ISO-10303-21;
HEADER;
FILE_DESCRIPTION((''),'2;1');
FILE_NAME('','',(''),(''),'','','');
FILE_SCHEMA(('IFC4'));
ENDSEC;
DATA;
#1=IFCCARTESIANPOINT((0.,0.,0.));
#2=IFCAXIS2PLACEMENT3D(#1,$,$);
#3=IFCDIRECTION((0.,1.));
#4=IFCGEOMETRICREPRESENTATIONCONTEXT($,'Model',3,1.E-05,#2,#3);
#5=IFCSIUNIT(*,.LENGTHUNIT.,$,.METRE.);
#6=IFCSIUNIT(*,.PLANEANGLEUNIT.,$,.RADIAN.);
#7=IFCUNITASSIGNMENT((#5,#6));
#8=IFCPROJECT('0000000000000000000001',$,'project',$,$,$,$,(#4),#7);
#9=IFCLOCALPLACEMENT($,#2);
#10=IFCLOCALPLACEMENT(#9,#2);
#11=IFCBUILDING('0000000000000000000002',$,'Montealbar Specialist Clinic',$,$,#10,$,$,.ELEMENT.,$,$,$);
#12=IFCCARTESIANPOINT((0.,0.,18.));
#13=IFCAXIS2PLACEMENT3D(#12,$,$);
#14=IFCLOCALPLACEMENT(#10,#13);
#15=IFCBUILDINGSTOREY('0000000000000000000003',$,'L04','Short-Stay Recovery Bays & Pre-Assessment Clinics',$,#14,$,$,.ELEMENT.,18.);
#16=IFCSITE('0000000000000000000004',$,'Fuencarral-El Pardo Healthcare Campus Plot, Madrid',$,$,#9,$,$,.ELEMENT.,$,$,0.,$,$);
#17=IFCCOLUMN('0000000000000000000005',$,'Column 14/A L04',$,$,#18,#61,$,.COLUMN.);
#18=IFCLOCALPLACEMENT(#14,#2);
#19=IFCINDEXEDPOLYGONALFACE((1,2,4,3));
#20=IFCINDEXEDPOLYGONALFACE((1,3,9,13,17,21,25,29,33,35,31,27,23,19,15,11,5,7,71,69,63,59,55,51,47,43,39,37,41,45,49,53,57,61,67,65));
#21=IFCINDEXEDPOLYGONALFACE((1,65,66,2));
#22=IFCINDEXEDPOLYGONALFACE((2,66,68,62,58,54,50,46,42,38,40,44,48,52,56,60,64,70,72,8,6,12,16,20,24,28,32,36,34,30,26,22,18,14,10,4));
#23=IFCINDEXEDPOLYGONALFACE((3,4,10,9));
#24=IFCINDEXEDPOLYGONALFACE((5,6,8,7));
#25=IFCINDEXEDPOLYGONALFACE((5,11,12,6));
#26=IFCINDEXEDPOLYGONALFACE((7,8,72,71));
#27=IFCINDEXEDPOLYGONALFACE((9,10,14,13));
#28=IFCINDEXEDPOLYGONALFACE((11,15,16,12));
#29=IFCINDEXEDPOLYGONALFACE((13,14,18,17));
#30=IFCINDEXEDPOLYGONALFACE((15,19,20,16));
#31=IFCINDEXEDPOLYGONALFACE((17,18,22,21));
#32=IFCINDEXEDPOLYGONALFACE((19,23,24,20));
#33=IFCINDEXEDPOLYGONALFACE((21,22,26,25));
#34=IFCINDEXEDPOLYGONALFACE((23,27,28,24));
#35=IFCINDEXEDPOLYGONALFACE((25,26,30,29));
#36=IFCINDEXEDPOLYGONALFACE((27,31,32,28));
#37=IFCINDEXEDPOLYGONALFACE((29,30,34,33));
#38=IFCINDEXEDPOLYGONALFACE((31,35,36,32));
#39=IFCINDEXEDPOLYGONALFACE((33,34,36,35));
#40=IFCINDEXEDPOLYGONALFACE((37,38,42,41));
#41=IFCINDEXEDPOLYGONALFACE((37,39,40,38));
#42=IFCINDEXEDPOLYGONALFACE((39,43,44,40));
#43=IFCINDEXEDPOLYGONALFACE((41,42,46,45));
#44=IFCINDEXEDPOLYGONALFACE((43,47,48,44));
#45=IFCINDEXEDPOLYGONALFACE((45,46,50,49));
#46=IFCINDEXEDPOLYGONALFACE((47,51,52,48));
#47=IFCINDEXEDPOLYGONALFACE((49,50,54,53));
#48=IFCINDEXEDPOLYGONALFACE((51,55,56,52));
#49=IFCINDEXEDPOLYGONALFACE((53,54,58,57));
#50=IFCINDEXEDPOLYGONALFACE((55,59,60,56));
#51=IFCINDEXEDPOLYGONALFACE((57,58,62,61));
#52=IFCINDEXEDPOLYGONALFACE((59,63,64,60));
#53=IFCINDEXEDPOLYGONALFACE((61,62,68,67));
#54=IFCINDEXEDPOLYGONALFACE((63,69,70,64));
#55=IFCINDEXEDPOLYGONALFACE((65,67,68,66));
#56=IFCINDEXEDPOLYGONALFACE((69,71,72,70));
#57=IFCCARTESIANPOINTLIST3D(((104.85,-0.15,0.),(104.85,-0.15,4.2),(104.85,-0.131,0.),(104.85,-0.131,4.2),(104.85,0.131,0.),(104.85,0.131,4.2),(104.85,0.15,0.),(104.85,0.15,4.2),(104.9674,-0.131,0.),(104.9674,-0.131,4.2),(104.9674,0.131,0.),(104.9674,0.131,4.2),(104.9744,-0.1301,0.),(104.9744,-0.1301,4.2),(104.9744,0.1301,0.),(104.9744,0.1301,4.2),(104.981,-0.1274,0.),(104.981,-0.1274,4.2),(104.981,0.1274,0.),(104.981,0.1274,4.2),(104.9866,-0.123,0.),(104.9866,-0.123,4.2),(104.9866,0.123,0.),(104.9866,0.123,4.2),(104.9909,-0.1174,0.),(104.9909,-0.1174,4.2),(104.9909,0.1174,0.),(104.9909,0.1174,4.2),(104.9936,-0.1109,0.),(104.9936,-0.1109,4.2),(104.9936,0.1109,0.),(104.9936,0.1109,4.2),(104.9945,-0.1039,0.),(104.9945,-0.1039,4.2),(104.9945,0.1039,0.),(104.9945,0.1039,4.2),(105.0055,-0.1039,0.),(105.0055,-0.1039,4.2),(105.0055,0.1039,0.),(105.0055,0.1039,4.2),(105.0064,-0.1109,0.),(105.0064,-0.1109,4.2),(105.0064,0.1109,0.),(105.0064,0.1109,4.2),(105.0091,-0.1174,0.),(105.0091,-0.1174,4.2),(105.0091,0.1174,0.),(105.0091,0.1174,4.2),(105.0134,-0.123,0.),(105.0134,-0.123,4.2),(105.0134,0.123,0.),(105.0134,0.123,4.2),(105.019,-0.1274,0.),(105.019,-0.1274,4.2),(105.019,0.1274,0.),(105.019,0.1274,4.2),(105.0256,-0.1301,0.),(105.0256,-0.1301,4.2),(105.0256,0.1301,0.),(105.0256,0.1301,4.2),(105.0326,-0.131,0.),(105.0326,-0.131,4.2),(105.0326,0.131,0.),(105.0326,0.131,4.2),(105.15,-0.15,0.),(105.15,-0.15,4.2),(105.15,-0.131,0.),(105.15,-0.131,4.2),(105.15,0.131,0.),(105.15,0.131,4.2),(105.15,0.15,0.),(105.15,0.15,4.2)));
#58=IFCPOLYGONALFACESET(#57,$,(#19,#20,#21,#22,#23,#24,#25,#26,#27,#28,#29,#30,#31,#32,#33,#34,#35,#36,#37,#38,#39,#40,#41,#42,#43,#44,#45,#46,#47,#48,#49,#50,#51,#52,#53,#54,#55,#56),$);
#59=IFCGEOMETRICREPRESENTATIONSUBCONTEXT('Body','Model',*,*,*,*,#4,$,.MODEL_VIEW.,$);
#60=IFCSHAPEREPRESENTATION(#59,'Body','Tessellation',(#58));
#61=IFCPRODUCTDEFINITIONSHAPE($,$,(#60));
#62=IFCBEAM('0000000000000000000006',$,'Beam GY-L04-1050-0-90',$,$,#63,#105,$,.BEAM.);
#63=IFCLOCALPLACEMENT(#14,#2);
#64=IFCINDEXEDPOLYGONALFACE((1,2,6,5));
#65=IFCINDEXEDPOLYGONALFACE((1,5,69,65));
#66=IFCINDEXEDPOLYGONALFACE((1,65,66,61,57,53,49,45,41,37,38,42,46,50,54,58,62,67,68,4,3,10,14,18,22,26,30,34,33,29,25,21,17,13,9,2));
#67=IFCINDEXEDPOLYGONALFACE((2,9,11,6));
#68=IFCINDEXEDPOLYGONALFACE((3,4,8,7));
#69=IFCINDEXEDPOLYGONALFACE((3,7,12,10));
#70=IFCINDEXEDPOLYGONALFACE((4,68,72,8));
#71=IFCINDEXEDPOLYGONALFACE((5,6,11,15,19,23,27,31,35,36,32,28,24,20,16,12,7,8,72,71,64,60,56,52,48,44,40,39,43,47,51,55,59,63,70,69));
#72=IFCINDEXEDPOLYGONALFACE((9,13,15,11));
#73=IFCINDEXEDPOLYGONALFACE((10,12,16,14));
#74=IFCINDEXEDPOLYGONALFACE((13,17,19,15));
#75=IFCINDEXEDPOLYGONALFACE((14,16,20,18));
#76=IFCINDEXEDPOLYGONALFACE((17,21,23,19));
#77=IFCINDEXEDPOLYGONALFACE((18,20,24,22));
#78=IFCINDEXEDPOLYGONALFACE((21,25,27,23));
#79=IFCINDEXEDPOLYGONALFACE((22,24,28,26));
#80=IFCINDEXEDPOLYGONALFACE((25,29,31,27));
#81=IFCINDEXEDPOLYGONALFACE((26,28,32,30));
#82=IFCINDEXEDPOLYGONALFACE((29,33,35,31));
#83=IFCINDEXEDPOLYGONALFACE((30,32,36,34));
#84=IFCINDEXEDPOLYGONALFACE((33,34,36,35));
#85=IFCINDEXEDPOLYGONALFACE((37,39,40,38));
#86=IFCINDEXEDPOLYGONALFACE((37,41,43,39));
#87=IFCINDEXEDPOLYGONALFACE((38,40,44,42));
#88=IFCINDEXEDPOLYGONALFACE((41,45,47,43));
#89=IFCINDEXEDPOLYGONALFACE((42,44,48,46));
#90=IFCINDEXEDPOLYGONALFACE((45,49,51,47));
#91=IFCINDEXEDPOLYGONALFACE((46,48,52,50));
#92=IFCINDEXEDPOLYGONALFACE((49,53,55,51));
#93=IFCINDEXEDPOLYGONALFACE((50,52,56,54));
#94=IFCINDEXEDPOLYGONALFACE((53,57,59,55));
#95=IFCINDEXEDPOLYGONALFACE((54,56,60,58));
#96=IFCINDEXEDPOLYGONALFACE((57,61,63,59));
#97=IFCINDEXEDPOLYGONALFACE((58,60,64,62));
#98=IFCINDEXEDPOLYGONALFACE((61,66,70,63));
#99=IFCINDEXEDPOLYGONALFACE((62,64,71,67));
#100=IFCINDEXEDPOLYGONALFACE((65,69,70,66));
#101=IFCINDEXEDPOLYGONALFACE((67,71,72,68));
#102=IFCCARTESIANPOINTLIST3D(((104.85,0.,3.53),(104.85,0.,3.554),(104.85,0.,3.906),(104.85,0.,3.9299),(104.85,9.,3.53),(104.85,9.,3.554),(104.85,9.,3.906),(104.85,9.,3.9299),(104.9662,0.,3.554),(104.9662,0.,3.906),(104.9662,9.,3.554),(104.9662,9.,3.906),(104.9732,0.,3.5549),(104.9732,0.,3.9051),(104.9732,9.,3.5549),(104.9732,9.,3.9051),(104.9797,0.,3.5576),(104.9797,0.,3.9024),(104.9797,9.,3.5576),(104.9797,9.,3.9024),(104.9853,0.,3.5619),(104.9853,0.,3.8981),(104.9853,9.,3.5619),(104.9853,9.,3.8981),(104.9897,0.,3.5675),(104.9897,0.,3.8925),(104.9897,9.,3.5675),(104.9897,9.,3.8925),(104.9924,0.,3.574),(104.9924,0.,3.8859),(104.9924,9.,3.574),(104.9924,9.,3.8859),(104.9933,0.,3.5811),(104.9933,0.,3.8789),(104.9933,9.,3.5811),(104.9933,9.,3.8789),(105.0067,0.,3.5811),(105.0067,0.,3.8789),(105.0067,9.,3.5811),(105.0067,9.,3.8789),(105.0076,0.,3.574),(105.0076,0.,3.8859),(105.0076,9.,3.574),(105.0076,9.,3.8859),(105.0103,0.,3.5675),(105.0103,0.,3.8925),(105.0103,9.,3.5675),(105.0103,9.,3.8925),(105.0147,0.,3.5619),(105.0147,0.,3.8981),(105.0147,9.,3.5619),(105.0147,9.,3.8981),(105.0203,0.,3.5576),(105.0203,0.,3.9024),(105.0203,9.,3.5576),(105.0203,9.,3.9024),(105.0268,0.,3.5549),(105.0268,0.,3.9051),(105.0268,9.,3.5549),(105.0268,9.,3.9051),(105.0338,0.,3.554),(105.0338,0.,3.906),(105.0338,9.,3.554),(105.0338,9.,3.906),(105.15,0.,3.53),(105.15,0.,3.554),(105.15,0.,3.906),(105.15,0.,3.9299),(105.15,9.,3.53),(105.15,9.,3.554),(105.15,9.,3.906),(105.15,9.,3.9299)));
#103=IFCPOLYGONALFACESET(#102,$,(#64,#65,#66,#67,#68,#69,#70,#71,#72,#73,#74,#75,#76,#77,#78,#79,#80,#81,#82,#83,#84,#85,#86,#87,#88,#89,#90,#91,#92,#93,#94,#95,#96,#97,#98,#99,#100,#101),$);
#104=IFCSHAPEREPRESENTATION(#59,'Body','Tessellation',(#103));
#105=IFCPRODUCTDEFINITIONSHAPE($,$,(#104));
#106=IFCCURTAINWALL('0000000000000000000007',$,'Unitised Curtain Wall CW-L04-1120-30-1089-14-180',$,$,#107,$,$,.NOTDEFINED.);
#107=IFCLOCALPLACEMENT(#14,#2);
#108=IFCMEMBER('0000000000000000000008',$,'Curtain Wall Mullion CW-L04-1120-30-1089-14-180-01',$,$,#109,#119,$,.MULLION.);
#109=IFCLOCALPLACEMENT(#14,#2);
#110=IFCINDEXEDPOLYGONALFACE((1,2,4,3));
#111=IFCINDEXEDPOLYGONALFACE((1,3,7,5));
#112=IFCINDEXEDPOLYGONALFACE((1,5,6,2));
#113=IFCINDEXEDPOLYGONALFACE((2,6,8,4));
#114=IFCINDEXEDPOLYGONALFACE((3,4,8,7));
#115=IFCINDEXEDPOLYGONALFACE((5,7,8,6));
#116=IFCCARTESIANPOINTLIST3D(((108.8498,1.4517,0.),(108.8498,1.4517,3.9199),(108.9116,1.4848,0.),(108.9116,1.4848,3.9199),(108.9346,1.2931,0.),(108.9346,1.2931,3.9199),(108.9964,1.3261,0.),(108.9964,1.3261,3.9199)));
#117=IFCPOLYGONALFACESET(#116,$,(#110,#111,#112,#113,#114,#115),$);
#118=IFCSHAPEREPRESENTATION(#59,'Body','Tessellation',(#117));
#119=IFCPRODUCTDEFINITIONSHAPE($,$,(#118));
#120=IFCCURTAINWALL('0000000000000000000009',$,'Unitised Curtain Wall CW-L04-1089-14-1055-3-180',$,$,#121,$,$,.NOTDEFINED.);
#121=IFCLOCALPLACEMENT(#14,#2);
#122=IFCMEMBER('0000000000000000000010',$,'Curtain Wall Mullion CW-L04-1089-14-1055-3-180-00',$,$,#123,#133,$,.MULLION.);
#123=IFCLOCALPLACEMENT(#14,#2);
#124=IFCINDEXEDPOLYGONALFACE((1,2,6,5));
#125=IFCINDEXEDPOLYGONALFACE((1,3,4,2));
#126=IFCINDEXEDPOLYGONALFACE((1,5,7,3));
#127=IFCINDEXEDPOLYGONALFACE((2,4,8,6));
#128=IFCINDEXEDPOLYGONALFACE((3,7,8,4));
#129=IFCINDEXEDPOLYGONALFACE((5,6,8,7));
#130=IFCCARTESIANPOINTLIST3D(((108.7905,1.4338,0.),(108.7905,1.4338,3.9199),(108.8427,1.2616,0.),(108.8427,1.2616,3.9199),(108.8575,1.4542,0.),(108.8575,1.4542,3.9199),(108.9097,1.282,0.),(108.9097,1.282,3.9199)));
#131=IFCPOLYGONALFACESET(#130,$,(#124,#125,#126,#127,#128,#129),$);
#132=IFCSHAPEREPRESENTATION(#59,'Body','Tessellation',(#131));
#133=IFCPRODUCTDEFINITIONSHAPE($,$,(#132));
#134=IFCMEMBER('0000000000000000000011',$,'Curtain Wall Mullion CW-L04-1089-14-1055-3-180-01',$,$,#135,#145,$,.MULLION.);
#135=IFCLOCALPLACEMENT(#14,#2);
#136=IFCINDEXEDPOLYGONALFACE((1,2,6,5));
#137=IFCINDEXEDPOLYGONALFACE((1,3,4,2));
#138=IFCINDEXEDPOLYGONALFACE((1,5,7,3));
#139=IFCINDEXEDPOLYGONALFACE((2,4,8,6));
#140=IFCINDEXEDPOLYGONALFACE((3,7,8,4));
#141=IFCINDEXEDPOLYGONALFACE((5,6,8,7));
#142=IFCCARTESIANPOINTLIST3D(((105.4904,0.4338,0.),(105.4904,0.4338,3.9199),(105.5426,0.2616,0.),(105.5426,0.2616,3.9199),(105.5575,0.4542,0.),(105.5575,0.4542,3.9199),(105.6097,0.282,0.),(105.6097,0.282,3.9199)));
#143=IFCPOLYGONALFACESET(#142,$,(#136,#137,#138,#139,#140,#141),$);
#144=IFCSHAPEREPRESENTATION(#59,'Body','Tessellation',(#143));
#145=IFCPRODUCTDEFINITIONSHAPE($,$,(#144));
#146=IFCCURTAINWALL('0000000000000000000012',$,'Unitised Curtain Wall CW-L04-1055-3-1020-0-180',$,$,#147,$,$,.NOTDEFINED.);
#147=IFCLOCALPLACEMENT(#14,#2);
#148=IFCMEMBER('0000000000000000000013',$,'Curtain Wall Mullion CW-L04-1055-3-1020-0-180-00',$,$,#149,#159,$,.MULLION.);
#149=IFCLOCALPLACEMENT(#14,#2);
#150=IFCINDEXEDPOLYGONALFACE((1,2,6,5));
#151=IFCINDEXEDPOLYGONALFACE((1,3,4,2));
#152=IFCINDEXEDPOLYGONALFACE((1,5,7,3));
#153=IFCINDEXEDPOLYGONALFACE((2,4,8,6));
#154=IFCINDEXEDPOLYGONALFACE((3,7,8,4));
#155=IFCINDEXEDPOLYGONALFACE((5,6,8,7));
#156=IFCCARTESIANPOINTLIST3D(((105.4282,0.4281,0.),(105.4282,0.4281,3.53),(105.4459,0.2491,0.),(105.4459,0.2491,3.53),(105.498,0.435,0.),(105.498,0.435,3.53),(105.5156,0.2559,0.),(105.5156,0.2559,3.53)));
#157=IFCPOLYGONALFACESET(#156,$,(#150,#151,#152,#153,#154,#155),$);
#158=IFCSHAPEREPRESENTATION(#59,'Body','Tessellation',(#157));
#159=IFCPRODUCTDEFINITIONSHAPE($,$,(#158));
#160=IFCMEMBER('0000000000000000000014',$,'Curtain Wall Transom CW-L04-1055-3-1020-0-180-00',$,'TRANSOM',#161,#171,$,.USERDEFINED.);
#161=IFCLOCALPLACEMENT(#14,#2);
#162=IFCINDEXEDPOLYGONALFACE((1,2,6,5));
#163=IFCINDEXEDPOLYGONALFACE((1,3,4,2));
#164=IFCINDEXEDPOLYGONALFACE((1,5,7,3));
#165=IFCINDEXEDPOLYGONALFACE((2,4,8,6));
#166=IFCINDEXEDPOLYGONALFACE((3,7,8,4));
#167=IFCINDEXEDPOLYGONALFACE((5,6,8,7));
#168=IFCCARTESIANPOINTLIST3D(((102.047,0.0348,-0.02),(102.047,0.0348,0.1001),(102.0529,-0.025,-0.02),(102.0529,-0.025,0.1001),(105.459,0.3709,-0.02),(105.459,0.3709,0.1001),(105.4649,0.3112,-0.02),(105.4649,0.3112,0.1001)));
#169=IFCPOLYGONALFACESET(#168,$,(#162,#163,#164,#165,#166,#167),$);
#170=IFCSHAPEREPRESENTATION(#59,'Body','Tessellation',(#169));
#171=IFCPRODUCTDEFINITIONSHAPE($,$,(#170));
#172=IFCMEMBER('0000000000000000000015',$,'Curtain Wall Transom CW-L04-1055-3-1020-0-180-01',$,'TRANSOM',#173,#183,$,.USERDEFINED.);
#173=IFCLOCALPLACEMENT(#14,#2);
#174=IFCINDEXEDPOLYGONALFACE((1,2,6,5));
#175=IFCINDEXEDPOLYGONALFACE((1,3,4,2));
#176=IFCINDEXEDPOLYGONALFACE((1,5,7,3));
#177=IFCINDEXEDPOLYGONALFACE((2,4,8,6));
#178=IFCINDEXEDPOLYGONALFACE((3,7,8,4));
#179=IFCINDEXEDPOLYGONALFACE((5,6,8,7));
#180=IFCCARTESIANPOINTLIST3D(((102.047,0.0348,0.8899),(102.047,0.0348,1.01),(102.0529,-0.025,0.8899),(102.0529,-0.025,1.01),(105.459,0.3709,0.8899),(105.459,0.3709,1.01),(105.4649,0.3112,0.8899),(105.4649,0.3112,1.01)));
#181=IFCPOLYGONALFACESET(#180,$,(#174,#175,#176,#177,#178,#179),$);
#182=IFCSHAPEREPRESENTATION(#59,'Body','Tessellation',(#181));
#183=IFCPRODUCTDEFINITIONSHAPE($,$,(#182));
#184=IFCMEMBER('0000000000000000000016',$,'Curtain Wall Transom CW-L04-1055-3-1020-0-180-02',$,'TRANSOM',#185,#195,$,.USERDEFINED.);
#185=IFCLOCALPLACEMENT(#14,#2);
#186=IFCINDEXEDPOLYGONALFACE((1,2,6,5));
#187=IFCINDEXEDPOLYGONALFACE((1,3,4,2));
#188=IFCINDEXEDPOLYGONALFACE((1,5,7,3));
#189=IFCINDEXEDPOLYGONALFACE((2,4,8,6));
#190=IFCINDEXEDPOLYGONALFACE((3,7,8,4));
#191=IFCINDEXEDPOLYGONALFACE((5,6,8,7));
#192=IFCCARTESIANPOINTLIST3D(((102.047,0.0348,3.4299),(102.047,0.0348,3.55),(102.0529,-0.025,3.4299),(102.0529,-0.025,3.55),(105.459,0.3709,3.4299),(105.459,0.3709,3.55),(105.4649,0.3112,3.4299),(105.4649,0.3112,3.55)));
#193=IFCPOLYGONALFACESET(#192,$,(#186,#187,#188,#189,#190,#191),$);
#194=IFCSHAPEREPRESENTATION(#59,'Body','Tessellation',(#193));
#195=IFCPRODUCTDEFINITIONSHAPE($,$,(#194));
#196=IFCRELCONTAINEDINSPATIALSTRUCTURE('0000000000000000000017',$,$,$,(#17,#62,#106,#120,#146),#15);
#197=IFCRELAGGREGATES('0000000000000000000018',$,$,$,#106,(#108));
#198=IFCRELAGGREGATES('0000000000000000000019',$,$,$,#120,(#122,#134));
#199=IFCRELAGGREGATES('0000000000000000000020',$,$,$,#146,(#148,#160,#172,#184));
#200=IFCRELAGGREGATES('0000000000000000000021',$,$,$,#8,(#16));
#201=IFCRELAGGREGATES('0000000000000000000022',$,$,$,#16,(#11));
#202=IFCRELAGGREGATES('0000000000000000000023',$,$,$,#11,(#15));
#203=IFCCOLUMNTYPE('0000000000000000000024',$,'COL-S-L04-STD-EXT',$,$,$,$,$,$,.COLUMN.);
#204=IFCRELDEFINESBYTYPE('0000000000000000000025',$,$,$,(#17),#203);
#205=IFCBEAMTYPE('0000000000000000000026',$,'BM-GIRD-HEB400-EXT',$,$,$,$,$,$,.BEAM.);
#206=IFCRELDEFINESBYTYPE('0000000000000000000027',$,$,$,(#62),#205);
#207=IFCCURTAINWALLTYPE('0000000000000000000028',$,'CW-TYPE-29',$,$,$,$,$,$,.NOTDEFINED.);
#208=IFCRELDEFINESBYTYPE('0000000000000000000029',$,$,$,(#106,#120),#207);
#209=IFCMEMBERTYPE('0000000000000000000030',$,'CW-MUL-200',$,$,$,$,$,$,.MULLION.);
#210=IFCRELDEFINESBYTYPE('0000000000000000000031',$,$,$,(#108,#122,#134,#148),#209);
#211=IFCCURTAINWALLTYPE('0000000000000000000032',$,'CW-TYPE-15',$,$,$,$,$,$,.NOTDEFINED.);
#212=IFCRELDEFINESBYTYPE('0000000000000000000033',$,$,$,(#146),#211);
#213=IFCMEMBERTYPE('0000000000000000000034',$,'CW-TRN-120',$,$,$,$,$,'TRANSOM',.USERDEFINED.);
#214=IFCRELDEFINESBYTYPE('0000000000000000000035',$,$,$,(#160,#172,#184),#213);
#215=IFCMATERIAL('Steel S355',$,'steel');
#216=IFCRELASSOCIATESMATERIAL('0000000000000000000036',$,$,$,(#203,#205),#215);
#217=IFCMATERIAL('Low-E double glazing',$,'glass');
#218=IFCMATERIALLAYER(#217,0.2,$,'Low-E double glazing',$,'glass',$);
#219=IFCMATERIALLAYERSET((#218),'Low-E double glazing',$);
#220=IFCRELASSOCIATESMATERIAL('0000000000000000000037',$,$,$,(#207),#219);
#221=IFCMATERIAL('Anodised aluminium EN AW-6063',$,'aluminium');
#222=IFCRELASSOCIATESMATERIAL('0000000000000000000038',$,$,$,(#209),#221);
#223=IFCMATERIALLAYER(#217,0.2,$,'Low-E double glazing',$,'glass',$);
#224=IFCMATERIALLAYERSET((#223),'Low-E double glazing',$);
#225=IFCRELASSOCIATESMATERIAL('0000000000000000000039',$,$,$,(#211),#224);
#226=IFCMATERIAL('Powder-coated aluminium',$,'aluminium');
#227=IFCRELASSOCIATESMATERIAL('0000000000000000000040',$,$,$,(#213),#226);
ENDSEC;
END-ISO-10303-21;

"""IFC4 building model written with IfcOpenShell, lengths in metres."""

from ifc_helpers import new_model, si_unit, direction, frame, origin, origin_2d, place, context, subcontext, project, spatial, rectangle, i_section, extrude, material, layer, layer_set, material_profile, profile_set, type_object, element, aggregate, save


model = new_model("IFC4")

# Units and contexts
model_context = context("Model", 3, precision=1e-05, world=origin(), true_north=direction((0.0, 1.0)))
body_context = subcontext(model_context, "Body", "Model", "MODEL_VIEW")
ifc_project = project(units=[si_unit("LENGTHUNIT", "METRE"), si_unit("PLANEANGLEUNIT", "RADIAN")], contexts=[model_context])

# Site, building, storey
site_placement = place(None, origin())
site = spatial("IfcSite", under=ifc_project, at=site_placement, Name="Fuencarral-El Pardo Healthcare Campus Plot, Madrid", CompositionType="ELEMENT", RefElevation=0.0)
building_placement = place(site_placement, origin())
building = spatial("IfcBuilding", under=site, at=building_placement, Name="Montealbar Specialist Clinic", CompositionType="ELEMENT")
storey_placement = place(building_placement, frame((0.0, 0.0, 18.0)))
storey = spatial("IfcBuildingStorey", under=building, at=storey_placement, Name="L04", Description="Short-Stay Recovery Bays & Pre-Assessment Clinics", CompositionType="ELEMENT", Elevation=18.0)

# Column
ifc_material_1 = material(Name="Steel S355", Category="steel")
ifc_material_profile_1 = material_profile(ifc_material_1, i_section(OverallWidth=0.3, OverallDepth=0.3, WebThickness=0.011, FlangeThickness=0.019, FilletRadius=0.0271, at=origin_2d()), Name="HEB 300", Category="steel")
ifc_profile_set_1 = profile_set([ifc_material_profile_1], Name="Steel S355")
column_type = type_object("IfcColumnType", Name="COL-S-L04-STD-EXT", PredefinedType="COLUMN", material=ifc_profile_set_1)
column_placement = place(storey_placement, frame((105.0, 0.0, 0.0), z_axis=(0.0, 0.0, 1.0), x_axis=(1.0, 0.0, 0.0)))
element("IfcColumn", 1, at=column_placement, inside=storey, type_object=column_type, Name="Column 14/A L04", PredefinedType="COLUMN", context=body_context, shape_type="SweptSolid", body=[
    extrude(i_section(OverallWidth=0.3, OverallDepth=0.3, WebThickness=0.011, FlangeThickness=0.019, FilletRadius=0.0271, at=origin_2d()), origin(), (0.0, 0.0, 1.0), 4.2),
])

# Beam
ifc_material_profile_2 = material_profile(ifc_material_1, i_section(OverallWidth=0.3, OverallDepth=0.3999, WebThickness=0.0134, FlangeThickness=0.0239, FilletRadius=0.0271, at=origin_2d()), Name="HEB 400", Category="steel")
ifc_profile_set_2 = profile_set([ifc_material_profile_2], Name="Steel S355")
beam_type = type_object("IfcBeamType", Name="BM-GIRD-HEB400-EXT", PredefinedType="BEAM", material=ifc_profile_set_2)
beam_placement = place(storey_placement, frame((105.0, 0.0, 3.73), z_axis=(0.0, 1.0, 0.0), x_axis=(-1.0, 0.0, 0.0)))
element("IfcBeam", 2, at=beam_placement, inside=storey, type_object=beam_type, Name="Beam GY-L04-1050-0-90", PredefinedType="BEAM", context=body_context, shape_type="SweptSolid", body=[
    extrude(i_section(OverallWidth=0.3, OverallDepth=0.3999, WebThickness=0.0134, FlangeThickness=0.0239, FilletRadius=0.0271, at=origin_2d()), origin(), (0.0, 0.0, 1.0), 9.0),
])

# Curtain wall, member
ifc_material_2 = material(Name="Low-E double glazing", Category="glass")
ifc_layer_1 = layer(ifc_material_2, 0.2, Name="Low-E double glazing", Category="glass")
ifc_layer_set_1 = layer_set([ifc_layer_1], Name="Low-E double glazing")
curtain_wall_type_1 = type_object("IfcCurtainWallType", Name="CW-TYPE-29", PredefinedType="NOTDEFINED", material=ifc_layer_set_1)
curtain_wall_1_placement = place(storey_placement, origin())
curtain_wall_1 = element("IfcCurtainWall", 3, at=curtain_wall_1_placement, inside=storey, type_object=curtain_wall_type_1, Name="Unitised Curtain Wall CW-L04-1120-30-1089-14-180", PredefinedType="NOTDEFINED")
ifc_material_3 = material(Name="Anodised aluminium EN AW-6063", Category="aluminium")
ifc_material_profile_3 = material_profile(ifc_material_3, rectangle(XDim=0.0701, YDim=0.1799, at=origin_2d()), Name="ALU 70x180", Category="aluminium")
ifc_profile_set_3 = profile_set([ifc_material_profile_3], Name="Anodised aluminium EN AW-6063")
member_type_1 = type_object("IfcMemberType", Name="CW-MUL-200", PredefinedType="MULLION", material=ifc_profile_set_3)
member_1_placement = place(storey_placement, frame((108.9231, 1.3889, 0.0), z_axis=(0.0, 0.0, 1.0), x_axis=(-0.88185, -0.471529, 0.0)))
member_1 = element("IfcMember", 4, at=member_1_placement, type_object=member_type_1, Name="Curtain Wall Mullion CW-L04-1120-30-1089-14-180-01", PredefinedType="MULLION", context=body_context, shape_type="SweptSolid", body=[
    extrude(rectangle(XDim=0.0701, YDim=0.1799, at=origin_2d()), origin(), (0.0, 0.0, 1.0), 3.9199),
])

# Curtain walls, members
curtain_wall_2_placement = place(storey_placement, origin())
curtain_wall_2 = element("IfcCurtainWall", 5, at=curtain_wall_2_placement, inside=storey, type_object=curtain_wall_type_1, Name="Unitised Curtain Wall CW-L04-1089-14-1055-3-180", PredefinedType="NOTDEFINED")
member_2_placement = place(storey_placement, frame((108.8501, 1.3579, 0.0), z_axis=(0.0, 0.0, 1.0), x_axis=(-0.956948, -0.290259, 0.0)))
member_2 = element("IfcMember", 6, at=member_2_placement, type_object=member_type_1, Name="Curtain Wall Mullion CW-L04-1089-14-1055-3-180-00", PredefinedType="MULLION", context=body_context, shape_type="SweptSolid", body=[
    extrude(rectangle(XDim=0.0701, YDim=0.1799, at=origin_2d()), origin(), (0.0, 0.0, 1.0), 3.9199),
])
member_3_placement = place(storey_placement, frame((105.55, 0.3579, 0.0), z_axis=(0.0, 0.0, 1.0), x_axis=(-0.956948, -0.290259, 0.0)))
member_3 = element("IfcMember", 7, at=member_3_placement, type_object=member_type_1, Name="Curtain Wall Mullion CW-L04-1089-14-1055-3-180-01", PredefinedType="MULLION", context=body_context, shape_type="SweptSolid", body=[
    extrude(rectangle(XDim=0.0701, YDim=0.1799, at=origin_2d()), origin(), (0.0, 0.0, 1.0), 3.9199),
])
ifc_layer_2 = layer(ifc_material_2, 0.2, Name="Low-E double glazing", Category="glass")
ifc_layer_set_2 = layer_set([ifc_layer_2], Name="Low-E double glazing")
curtain_wall_type_2 = type_object("IfcCurtainWallType", Name="CW-TYPE-15", PredefinedType="NOTDEFINED", material=ifc_layer_set_2)
curtain_wall_3_placement = place(storey_placement, origin())
curtain_wall_3 = element("IfcCurtainWall", 8, at=curtain_wall_3_placement, inside=storey, type_object=curtain_wall_type_2, Name="Unitised Curtain Wall CW-L04-1055-3-1020-0-180", PredefinedType="NOTDEFINED")
member_4_placement = place(storey_placement, frame((105.4719, 0.342, 0.0), z_axis=(0.0, 0.0, 1.0), x_axis=(-0.995182, -0.098045, 0.0)))
member_4 = element("IfcMember", 9, at=member_4_placement, type_object=member_type_1, Name="Curtain Wall Mullion CW-L04-1055-3-1020-0-180-00", PredefinedType="MULLION", context=body_context, shape_type="SweptSolid", body=[
    extrude(rectangle(XDim=0.0701, YDim=0.1799, at=origin_2d()), origin(), (0.0, 0.0, 1.0), 3.53),
])
ifc_material_4 = material(Name="Powder-coated aluminium", Category="aluminium")
ifc_material_profile_4 = material_profile(ifc_material_4, rectangle(XDim=0.0601, YDim=0.1201, at=origin_2d()), Name="ALU 60x120", Category="aluminium")
ifc_profile_set_4 = profile_set([ifc_material_profile_4], Name="Powder-coated aluminium")
member_type_2 = type_object("IfcMemberType", Name="CW-TRN-120", ElementType="TRANSOM", PredefinedType="USERDEFINED", material=ifc_profile_set_4)
member_5_placement = place(storey_placement, frame((105.4619, 0.3411, 0.04), z_axis=(-0.995181, -0.098058, 0.0), x_axis=(0.098058, -0.995181, 0.0)))
member_5 = element("IfcMember", 10, at=member_5_placement, type_object=member_type_2, Name="Curtain Wall Transom CW-L04-1055-3-1020-0-180-00", ObjectType="TRANSOM", PredefinedType="USERDEFINED", context=body_context, shape_type="SweptSolid", body=[
    extrude(rectangle(XDim=0.0601, YDim=0.1201, at=origin_2d()), origin(), (0.0, 0.0, 1.0), 3.4285),
])
member_6_placement = place(storey_placement, frame((105.4619, 0.3411, 0.95), z_axis=(-0.995181, -0.098058, 0.0), x_axis=(0.098058, -0.995181, 0.0)))
member_6 = element("IfcMember", 11, at=member_6_placement, type_object=member_type_2, Name="Curtain Wall Transom CW-L04-1055-3-1020-0-180-01", ObjectType="TRANSOM", PredefinedType="USERDEFINED", context=body_context, shape_type="SweptSolid", body=[
    extrude(rectangle(XDim=0.0601, YDim=0.1201, at=origin_2d()), origin(), (0.0, 0.0, 1.0), 3.4285),
])
member_7_placement = place(storey_placement, frame((105.4619, 0.3411, 3.49), z_axis=(-0.995181, -0.098058, 0.0), x_axis=(0.098058, -0.995181, 0.0)))
member_7 = element("IfcMember", 12, at=member_7_placement, type_object=member_type_2, Name="Curtain Wall Transom CW-L04-1055-3-1020-0-180-02", ObjectType="TRANSOM", PredefinedType="USERDEFINED", context=body_context, shape_type="SweptSolid", body=[
    extrude(rectangle(XDim=0.0601, YDim=0.1201, at=origin_2d()), origin(), (0.0, 0.0, 1.0), 3.4285),
])

aggregate(curtain_wall_1, [member_1])
aggregate(curtain_wall_2, [member_2, member_3])
aggregate(curtain_wall_3, [member_4, member_5, member_6, member_7])

save(model, "model.ifc")
